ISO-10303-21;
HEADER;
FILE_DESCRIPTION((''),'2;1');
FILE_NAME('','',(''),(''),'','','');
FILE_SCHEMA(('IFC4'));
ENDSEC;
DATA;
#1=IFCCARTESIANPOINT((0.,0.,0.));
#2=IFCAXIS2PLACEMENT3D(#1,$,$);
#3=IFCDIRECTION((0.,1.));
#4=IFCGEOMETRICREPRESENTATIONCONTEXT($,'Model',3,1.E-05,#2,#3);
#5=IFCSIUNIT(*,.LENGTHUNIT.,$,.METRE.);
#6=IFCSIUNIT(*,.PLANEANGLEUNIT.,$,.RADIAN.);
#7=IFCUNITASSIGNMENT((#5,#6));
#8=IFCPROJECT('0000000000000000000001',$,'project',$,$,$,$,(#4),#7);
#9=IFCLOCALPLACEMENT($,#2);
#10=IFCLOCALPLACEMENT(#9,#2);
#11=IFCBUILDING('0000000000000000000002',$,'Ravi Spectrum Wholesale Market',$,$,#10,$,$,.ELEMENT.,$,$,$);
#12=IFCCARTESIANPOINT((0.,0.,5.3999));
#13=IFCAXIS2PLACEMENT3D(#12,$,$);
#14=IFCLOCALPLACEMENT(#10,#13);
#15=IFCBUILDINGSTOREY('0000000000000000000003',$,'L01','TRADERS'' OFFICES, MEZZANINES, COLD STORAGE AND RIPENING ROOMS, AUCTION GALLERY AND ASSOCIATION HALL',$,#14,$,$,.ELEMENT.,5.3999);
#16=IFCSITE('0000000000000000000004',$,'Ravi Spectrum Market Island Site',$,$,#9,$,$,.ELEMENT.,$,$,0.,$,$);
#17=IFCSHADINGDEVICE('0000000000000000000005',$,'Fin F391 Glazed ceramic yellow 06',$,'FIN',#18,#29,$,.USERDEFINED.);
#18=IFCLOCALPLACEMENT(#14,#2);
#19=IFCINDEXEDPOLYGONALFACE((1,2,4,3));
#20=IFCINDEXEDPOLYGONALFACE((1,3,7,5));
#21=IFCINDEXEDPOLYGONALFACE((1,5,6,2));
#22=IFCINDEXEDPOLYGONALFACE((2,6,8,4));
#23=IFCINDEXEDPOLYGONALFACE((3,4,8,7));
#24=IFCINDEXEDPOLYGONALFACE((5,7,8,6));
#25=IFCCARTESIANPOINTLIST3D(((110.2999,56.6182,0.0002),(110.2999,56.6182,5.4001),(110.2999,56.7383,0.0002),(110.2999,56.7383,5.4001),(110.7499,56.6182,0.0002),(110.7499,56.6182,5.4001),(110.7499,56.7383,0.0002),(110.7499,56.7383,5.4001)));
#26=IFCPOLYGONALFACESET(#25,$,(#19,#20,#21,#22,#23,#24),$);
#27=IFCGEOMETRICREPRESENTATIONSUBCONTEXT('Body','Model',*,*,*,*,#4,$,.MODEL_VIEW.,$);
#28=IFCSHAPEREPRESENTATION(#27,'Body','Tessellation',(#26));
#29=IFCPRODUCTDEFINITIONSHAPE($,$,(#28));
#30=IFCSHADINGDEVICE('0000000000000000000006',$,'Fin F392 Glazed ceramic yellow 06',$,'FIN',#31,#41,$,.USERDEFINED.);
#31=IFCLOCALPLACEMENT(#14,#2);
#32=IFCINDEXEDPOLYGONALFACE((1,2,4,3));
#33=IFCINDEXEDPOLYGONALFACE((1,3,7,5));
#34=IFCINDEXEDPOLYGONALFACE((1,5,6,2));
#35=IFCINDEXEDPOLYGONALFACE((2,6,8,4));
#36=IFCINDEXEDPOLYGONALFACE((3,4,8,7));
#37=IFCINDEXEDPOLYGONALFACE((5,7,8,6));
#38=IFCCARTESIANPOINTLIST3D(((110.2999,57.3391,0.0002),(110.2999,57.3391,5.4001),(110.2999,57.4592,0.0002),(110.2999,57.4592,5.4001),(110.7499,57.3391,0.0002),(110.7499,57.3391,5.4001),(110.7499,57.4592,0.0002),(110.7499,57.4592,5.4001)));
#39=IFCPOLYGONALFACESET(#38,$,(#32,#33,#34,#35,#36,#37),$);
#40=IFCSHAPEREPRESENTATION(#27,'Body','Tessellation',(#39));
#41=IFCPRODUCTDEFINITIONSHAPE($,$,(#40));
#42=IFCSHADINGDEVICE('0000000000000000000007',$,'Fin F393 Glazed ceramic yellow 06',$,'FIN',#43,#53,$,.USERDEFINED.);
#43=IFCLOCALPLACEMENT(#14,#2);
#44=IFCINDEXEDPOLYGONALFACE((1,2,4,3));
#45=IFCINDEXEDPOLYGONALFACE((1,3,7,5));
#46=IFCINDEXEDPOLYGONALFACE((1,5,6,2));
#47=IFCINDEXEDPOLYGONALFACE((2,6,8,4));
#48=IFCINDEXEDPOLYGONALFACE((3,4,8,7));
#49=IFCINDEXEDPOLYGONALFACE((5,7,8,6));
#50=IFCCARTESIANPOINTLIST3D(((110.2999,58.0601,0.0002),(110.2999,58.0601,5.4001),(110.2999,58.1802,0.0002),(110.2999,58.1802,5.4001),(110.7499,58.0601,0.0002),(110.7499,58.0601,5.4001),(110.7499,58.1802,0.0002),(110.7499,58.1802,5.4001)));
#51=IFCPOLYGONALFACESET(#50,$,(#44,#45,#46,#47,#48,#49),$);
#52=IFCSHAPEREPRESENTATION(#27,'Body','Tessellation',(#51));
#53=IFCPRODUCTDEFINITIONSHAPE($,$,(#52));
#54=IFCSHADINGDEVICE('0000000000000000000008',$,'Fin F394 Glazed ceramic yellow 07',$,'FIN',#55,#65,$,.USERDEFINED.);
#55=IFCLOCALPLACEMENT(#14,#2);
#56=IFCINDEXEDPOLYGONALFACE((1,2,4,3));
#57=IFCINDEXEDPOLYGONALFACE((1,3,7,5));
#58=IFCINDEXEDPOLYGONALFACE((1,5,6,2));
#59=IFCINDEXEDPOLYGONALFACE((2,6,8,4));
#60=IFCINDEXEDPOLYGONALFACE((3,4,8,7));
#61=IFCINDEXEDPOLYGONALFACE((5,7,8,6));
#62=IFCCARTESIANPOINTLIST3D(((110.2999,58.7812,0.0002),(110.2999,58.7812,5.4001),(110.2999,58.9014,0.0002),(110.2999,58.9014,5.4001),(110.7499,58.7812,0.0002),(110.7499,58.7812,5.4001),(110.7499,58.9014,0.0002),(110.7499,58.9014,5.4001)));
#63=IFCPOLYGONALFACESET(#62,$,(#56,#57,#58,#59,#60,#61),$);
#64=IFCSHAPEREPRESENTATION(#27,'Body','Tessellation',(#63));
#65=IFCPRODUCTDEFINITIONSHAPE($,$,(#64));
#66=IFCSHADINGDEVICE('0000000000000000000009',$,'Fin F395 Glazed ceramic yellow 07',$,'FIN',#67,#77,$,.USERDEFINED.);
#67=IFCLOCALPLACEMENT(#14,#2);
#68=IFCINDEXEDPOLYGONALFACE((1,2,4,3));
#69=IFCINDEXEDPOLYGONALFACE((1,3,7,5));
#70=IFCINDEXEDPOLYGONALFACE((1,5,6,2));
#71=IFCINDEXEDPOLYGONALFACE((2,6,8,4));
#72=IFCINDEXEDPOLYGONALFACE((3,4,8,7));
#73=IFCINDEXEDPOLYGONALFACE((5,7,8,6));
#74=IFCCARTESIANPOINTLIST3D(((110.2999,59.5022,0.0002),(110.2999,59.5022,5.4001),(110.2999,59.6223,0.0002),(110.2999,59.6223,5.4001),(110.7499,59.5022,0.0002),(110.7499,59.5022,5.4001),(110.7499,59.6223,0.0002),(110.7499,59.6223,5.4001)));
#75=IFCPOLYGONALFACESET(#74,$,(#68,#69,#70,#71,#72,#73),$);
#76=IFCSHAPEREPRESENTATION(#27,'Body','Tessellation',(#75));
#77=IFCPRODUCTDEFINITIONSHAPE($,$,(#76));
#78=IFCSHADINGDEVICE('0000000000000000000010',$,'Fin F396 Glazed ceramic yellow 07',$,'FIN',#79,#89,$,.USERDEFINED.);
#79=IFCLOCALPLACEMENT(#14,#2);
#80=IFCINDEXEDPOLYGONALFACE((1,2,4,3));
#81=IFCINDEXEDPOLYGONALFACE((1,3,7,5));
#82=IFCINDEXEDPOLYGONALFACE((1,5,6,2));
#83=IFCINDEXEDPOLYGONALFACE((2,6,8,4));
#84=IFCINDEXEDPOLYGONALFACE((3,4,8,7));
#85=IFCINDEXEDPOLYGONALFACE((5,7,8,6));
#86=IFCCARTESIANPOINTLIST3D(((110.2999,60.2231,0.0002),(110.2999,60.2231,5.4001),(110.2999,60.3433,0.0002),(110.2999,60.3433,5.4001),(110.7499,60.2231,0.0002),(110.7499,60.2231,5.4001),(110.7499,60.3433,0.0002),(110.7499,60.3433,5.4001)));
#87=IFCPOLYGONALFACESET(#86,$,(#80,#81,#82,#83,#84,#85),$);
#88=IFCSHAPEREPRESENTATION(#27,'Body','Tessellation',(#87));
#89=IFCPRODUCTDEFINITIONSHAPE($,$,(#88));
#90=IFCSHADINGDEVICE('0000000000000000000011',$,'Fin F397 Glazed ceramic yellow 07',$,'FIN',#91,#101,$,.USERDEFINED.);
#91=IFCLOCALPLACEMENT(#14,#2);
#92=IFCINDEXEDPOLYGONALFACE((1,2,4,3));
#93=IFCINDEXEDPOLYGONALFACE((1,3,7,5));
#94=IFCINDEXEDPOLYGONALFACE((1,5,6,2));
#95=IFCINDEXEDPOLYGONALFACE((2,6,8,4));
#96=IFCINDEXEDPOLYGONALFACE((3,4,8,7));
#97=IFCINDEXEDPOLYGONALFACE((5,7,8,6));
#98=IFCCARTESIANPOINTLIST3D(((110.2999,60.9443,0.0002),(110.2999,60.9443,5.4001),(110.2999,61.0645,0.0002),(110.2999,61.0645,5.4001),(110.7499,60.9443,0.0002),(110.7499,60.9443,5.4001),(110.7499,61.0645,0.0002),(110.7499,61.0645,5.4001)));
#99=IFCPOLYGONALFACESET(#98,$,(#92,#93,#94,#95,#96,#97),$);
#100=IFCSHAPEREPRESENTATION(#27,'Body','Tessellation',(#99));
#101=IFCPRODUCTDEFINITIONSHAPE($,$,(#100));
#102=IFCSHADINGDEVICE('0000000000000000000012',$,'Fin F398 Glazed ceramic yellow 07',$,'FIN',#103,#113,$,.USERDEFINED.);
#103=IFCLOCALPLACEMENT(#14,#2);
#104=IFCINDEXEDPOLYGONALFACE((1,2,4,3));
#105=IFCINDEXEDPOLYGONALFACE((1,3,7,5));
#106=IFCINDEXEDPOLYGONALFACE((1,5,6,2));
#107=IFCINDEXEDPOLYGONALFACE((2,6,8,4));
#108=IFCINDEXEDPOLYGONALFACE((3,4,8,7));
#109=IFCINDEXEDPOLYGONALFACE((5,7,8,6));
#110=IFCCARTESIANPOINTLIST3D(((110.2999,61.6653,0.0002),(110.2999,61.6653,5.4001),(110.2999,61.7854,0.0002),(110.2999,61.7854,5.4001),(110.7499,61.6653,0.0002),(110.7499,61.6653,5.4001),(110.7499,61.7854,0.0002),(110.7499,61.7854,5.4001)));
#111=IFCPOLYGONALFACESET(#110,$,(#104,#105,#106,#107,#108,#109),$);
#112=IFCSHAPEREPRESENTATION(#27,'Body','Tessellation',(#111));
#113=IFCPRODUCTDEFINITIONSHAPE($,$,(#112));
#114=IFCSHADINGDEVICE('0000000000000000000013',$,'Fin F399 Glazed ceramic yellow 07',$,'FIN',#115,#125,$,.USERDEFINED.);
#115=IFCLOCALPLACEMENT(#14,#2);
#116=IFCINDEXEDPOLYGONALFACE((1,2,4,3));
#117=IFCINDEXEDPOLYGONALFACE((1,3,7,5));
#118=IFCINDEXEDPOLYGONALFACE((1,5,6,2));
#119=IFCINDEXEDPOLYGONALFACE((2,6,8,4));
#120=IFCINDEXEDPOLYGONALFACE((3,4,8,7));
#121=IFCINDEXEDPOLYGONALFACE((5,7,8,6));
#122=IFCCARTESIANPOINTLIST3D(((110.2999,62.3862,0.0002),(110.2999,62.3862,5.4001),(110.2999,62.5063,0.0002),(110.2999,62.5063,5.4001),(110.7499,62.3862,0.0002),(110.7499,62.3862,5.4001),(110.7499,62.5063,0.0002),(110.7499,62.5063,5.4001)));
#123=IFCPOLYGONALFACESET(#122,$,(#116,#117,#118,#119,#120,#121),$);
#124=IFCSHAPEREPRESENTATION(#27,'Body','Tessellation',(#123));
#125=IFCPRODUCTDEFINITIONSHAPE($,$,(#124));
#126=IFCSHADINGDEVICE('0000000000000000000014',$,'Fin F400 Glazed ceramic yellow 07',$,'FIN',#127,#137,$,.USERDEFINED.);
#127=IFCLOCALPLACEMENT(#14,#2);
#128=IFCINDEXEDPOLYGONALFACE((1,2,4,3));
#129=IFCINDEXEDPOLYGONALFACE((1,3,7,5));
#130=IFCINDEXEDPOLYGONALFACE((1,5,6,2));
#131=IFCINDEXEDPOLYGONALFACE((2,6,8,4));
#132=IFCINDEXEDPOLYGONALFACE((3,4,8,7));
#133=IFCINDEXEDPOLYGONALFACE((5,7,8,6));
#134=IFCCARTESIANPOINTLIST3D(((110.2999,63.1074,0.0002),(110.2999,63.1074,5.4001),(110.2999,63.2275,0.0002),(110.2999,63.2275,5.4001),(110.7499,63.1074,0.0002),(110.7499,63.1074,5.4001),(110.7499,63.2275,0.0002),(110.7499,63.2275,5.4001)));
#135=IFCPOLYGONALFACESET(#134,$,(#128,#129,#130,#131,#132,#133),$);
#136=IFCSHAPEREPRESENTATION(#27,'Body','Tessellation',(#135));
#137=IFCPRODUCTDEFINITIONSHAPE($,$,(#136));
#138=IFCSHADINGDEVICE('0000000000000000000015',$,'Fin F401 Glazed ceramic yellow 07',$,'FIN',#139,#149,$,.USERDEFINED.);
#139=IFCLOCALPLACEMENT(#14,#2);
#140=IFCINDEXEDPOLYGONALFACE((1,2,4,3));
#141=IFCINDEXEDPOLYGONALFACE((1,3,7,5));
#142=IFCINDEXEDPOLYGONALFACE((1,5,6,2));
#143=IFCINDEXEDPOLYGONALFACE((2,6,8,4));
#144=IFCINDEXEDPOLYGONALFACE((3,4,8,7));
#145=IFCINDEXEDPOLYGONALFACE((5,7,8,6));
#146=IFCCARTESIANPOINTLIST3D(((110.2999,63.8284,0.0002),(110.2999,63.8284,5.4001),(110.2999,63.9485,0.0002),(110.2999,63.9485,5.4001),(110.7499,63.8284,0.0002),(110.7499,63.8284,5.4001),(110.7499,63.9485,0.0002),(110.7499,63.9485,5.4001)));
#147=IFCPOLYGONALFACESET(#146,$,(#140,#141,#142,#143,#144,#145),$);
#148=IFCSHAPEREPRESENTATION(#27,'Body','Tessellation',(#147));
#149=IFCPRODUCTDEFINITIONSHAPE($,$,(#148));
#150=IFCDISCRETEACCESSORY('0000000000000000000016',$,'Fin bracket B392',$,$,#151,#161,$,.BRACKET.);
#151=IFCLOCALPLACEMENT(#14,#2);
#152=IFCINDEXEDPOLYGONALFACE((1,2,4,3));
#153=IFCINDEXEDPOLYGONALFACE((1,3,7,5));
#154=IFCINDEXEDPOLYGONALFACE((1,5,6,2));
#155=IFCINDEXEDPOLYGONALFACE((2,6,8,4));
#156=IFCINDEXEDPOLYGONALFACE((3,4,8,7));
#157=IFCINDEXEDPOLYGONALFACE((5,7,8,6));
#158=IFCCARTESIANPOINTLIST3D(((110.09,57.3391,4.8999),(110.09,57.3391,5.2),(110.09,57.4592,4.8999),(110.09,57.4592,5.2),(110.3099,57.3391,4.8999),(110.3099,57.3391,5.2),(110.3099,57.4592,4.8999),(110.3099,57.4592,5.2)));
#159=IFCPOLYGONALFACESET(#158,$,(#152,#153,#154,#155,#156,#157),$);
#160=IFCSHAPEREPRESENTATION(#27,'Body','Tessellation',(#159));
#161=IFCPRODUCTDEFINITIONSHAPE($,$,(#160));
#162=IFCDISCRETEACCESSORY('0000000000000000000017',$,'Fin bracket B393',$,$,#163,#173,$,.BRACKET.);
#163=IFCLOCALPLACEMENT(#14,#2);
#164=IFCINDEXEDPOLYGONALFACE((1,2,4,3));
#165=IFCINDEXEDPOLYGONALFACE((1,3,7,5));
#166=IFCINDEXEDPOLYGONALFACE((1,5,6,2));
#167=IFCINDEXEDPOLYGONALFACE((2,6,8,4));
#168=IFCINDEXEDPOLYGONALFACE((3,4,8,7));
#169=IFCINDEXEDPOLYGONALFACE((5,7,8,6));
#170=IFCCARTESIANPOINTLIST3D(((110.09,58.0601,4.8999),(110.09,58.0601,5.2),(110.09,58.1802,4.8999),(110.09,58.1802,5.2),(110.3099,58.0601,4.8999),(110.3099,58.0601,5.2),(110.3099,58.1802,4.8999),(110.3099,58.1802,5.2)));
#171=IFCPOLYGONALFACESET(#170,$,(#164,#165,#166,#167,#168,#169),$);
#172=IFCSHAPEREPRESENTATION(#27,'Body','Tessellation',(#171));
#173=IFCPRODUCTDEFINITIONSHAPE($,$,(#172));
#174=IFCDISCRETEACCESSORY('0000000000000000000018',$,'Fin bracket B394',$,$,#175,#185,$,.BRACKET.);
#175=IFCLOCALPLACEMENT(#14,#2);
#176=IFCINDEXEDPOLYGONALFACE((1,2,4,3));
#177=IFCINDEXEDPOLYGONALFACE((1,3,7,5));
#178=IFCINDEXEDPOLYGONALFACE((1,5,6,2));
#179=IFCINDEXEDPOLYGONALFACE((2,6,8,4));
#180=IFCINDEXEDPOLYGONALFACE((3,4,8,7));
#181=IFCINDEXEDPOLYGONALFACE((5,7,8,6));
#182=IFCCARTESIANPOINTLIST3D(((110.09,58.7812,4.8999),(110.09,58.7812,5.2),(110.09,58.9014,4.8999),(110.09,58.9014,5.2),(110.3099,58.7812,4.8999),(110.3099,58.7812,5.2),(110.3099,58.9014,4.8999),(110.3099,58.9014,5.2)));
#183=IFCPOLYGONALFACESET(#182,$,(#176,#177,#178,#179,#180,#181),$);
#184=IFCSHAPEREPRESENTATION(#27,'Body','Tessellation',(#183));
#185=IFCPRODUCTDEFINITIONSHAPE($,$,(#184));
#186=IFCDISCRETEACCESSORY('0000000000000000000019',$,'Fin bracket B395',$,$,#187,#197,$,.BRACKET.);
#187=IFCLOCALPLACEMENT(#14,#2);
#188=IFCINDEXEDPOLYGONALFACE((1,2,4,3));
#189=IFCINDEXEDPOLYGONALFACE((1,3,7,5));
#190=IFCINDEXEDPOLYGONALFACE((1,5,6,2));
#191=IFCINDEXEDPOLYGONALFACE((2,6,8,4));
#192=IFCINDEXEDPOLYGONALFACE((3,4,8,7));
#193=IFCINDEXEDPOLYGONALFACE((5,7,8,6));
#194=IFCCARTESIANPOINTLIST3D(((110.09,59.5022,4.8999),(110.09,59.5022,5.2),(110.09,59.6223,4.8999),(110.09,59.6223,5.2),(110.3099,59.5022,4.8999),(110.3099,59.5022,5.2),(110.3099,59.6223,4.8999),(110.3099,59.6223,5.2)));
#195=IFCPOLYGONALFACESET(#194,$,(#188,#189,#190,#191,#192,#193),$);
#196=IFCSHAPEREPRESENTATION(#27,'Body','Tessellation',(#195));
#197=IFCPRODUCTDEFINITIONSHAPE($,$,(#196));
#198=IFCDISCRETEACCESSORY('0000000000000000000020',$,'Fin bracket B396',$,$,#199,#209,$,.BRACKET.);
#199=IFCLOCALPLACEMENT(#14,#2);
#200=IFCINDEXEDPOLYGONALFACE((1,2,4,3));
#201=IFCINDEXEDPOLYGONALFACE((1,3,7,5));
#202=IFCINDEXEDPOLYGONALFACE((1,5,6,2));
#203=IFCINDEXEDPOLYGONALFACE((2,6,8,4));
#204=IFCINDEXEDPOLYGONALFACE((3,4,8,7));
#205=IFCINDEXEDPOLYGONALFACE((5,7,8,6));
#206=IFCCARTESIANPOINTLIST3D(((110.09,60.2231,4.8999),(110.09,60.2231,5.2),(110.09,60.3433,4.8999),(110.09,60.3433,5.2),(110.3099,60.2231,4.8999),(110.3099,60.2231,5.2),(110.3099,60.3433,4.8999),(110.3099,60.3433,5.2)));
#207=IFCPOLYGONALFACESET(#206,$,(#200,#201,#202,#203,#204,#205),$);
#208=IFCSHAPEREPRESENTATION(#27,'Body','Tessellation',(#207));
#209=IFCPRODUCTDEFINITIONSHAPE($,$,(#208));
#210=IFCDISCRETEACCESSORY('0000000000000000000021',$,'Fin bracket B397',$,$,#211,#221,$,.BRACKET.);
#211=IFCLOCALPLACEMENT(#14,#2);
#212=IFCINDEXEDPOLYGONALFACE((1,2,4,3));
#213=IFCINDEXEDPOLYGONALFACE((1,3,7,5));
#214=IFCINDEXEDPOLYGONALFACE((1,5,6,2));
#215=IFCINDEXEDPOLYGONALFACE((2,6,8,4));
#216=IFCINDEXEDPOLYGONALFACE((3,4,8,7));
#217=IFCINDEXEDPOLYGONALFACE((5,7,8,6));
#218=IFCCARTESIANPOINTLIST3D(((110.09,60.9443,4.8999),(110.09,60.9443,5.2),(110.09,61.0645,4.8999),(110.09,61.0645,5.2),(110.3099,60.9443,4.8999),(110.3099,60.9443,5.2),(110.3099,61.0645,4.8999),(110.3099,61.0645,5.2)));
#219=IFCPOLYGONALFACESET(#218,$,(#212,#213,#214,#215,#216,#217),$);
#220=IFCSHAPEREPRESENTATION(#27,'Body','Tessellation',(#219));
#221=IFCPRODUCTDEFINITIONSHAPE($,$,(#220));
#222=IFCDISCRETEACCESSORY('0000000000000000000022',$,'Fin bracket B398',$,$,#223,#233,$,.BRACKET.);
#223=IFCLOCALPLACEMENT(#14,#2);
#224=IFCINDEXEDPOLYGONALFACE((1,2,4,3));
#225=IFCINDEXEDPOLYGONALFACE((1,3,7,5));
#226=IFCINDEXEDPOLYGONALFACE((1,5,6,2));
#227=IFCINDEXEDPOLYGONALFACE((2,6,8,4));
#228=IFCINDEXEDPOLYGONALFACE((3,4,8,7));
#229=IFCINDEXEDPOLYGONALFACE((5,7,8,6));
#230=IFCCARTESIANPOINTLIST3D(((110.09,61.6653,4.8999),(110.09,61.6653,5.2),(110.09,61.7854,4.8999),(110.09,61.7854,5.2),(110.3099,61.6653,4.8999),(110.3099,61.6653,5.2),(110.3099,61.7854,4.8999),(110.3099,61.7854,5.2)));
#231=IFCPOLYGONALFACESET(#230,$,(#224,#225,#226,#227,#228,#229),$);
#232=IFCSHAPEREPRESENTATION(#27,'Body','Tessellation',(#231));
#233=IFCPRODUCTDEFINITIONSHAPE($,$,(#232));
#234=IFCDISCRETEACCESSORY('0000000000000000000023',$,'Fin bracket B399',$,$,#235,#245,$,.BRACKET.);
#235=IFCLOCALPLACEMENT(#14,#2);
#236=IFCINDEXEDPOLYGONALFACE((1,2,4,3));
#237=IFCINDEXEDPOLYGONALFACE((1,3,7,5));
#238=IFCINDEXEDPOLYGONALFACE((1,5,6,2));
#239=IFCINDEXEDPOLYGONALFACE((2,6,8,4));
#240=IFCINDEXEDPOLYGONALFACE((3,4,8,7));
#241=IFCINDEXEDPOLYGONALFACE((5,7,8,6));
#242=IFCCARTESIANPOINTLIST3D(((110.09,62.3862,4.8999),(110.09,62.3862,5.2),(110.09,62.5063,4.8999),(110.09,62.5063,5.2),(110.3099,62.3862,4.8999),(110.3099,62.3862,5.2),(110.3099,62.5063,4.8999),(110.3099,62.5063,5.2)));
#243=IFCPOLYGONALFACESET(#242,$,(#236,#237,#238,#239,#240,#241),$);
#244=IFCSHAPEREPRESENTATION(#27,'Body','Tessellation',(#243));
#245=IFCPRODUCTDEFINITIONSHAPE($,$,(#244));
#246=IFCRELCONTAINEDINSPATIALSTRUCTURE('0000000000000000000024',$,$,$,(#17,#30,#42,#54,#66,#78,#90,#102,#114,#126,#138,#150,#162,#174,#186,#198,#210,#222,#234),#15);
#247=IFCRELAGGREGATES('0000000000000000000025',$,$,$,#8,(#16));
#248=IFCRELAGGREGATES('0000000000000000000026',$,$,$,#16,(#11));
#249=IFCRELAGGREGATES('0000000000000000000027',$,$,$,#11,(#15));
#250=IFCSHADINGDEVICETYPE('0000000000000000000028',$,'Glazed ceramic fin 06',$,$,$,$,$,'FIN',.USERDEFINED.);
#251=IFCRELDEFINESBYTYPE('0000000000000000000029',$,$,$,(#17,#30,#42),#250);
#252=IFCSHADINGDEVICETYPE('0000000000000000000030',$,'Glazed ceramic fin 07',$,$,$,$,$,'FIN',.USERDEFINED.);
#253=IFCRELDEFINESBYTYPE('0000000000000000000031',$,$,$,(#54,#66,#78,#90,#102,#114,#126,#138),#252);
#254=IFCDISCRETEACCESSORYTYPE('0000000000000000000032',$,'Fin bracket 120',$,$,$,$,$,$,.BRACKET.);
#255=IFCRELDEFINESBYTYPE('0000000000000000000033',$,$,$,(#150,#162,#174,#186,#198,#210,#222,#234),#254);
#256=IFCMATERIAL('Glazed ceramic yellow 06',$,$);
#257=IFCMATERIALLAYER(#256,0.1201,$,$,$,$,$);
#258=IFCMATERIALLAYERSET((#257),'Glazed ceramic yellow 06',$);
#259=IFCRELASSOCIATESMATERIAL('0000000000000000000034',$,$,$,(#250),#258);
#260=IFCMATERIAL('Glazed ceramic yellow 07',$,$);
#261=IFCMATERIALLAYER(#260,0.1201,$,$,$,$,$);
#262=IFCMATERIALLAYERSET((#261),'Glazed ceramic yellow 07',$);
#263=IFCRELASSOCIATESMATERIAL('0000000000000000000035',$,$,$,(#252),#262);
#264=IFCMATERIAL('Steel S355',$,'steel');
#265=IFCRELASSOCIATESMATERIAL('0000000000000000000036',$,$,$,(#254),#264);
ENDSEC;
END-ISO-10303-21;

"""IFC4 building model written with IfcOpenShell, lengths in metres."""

from ifc_helpers import new_model, si_unit, direction, frame, origin, origin_2d, place, context, subcontext, project, spatial, rectangle, extrude, material, layer, layer_set, type_object, element, save


model = new_model("IFC4")

# Units and contexts
model_context = context("Model", 3, precision=1e-05, world=origin(), true_north=direction((0.0, 1.0)))
body_context = subcontext(model_context, "Body", "Model", "MODEL_VIEW")
ifc_project = project(units=[si_unit("LENGTHUNIT", "METRE"), si_unit("PLANEANGLEUNIT", "RADIAN")], contexts=[model_context])

# Site, building, storey
site_placement = place(None, origin())
site = spatial("IfcSite", under=ifc_project, at=site_placement, Name="Ravi Spectrum Market Island Site", CompositionType="ELEMENT", RefElevation=0.0)
building_placement = place(site_placement, origin())
building = spatial("IfcBuilding", under=site, at=building_placement, Name="Ravi Spectrum Wholesale Market", CompositionType="ELEMENT")
storey_placement = place(building_placement, frame((0.0, 0.0, 5.3999)))
storey = spatial("IfcBuildingStorey", under=building, at=storey_placement, Name="L01", Description="TRADERS' OFFICES, MEZZANINES, COLD STORAGE AND RIPENING ROOMS, AUCTION GALLERY AND ASSOCIATION HALL", CompositionType="ELEMENT", Elevation=5.3999)

# Shading devices
ifc_material_1 = material(Name="Glazed ceramic yellow 06")
ifc_layer_1 = layer(ifc_material_1, 0.1201)
ifc_layer_set_1 = layer_set([ifc_layer_1], Name="Glazed ceramic yellow 06")
shading_device_type_1 = type_object("IfcShadingDeviceType", Name="Glazed ceramic fin 06", ElementType="FIN", PredefinedType="USERDEFINED", material=ifc_layer_set_1)
for number, where, z_axis, x_axis, name in (
    (1, (110.5249, 56.6782, 0.0002), (0.0, 0.0, 1.0), (0.0, 1.0, 0.0), "Fin F391 Glazed ceramic yellow 06"),
    (2, (110.5249, 57.3992, 0.0002), (0.0, 0.0, 1.0), (0.0, 1.0, 0.0), "Fin F392 Glazed ceramic yellow 06"),
    (3, (110.5249, 58.1201, 0.0002), (0.0, 0.0, 1.0), (0.0, 1.0, 0.0), "Fin F393 Glazed ceramic yellow 06"),
):
    element("IfcShadingDevice", number, at=place(storey_placement, frame(where, z_axis=z_axis, x_axis=x_axis)), inside=storey, type_object=shading_device_type_1, Name=name, ObjectType="FIN", PredefinedType="USERDEFINED", context=body_context, shape_type="SweptSolid", body=[
        extrude(rectangle(XDim=0.1201, YDim=0.45, at=origin_2d()), origin(), (0.0, 0.0, 1.0), 5.3999),
    ])
ifc_material_2 = material(Name="Glazed ceramic yellow 07")
ifc_layer_2 = layer(ifc_material_2, 0.1201)
ifc_layer_set_2 = layer_set([ifc_layer_2], Name="Glazed ceramic yellow 07")
shading_device_type_2 = type_object("IfcShadingDeviceType", Name="Glazed ceramic fin 07", ElementType="FIN", PredefinedType="USERDEFINED", material=ifc_layer_set_2)
for number, where, z_axis, x_axis, name in (
    (4, (110.5249, 58.8413, 0.0002), (0.0, 0.0, 1.0), (0.0, 1.0, 0.0), "Fin F394 Glazed ceramic yellow 07"),
    (5, (110.5249, 59.5623, 0.0002), (0.0, 0.0, 1.0), (0.0, 1.0, 0.0), "Fin F395 Glazed ceramic yellow 07"),
    (6, (110.5249, 60.2832, 0.0002), (0.0, 0.0, 1.0), (0.0, 1.0, 0.0), "Fin F396 Glazed ceramic yellow 07"),
    (7, (110.5249, 61.0044, 0.0002), (0.0, 0.0, 1.0), (0.0, 1.0, 0.0), "Fin F397 Glazed ceramic yellow 07"),
    (8, (110.5249, 61.7253, 0.0002), (0.0, 0.0, 1.0), (0.0, 1.0, 0.0), "Fin F398 Glazed ceramic yellow 07"),
    (9, (110.5249, 62.4463, 0.0002), (0.0, 0.0, 1.0), (0.0, 1.0, 0.0), "Fin F399 Glazed ceramic yellow 07"),
    (10, (110.5249, 63.1675, 0.0002), (0.0, 0.0, 1.0), (0.0, 1.0, 0.0), "Fin F400 Glazed ceramic yellow 07"),
    (11, (110.5249, 63.8884, 0.0002), (0.0, 0.0, 1.0), (0.0, 1.0, 0.0), "Fin F401 Glazed ceramic yellow 07"),
):
    element("IfcShadingDevice", number, at=place(storey_placement, frame(where, z_axis=z_axis, x_axis=x_axis)), inside=storey, type_object=shading_device_type_2, Name=name, ObjectType="FIN", PredefinedType="USERDEFINED", context=body_context, shape_type="SweptSolid", body=[
        extrude(rectangle(XDim=0.1201, YDim=0.45, at=origin_2d()), origin(), (0.0, 0.0, 1.0), 5.3999),
    ])

# Discrete accessories
ifc_material_3 = material(Name="Steel S355", Category="steel")
discrete_accessory_type = type_object("IfcDiscreteAccessoryType", Name="Fin bracket 120", PredefinedType="BRACKET", material=ifc_material_3)
for number, where, z_axis, x_axis, name in (
    (12, (110.2, 57.3992, 4.8999), (0.0, 0.0, 1.0), (0.0, 1.0, 0.0), "Fin bracket B392"),
    (13, (110.2, 58.1201, 4.8999), (0.0, 0.0, 1.0), (0.0, 1.0, 0.0), "Fin bracket B393"),
    (14, (110.2, 58.8413, 4.8999), (0.0, 0.0, 1.0), (0.0, 1.0, 0.0), "Fin bracket B394"),
    (15, (110.2, 59.5623, 4.8999), (0.0, 0.0, 1.0), (0.0, 1.0, 0.0), "Fin bracket B395"),
    (16, (110.2, 60.2832, 4.8999), (0.0, 0.0, 1.0), (0.0, 1.0, 0.0), "Fin bracket B396"),
    (17, (110.2, 61.0044, 4.8999), (0.0, 0.0, 1.0), (0.0, 1.0, 0.0), "Fin bracket B397"),
    (18, (110.2, 61.7253, 4.8999), (0.0, 0.0, 1.0), (0.0, 1.0, 0.0), "Fin bracket B398"),
    (19, (110.2, 62.4463, 4.8999), (0.0, 0.0, 1.0), (0.0, 1.0, 0.0), "Fin bracket B399"),
):
    element("IfcDiscreteAccessory", number, at=place(storey_placement, frame(where, z_axis=z_axis, x_axis=x_axis)), inside=storey, type_object=discrete_accessory_type, Name=name, PredefinedType="BRACKET", context=body_context, shape_type="SweptSolid", body=[
        extrude(rectangle(XDim=0.1201, YDim=0.22, at=origin_2d()), origin(), (0.0, 0.0, 1.0), 0.3),
    ])

save(model, "model.ifc")
